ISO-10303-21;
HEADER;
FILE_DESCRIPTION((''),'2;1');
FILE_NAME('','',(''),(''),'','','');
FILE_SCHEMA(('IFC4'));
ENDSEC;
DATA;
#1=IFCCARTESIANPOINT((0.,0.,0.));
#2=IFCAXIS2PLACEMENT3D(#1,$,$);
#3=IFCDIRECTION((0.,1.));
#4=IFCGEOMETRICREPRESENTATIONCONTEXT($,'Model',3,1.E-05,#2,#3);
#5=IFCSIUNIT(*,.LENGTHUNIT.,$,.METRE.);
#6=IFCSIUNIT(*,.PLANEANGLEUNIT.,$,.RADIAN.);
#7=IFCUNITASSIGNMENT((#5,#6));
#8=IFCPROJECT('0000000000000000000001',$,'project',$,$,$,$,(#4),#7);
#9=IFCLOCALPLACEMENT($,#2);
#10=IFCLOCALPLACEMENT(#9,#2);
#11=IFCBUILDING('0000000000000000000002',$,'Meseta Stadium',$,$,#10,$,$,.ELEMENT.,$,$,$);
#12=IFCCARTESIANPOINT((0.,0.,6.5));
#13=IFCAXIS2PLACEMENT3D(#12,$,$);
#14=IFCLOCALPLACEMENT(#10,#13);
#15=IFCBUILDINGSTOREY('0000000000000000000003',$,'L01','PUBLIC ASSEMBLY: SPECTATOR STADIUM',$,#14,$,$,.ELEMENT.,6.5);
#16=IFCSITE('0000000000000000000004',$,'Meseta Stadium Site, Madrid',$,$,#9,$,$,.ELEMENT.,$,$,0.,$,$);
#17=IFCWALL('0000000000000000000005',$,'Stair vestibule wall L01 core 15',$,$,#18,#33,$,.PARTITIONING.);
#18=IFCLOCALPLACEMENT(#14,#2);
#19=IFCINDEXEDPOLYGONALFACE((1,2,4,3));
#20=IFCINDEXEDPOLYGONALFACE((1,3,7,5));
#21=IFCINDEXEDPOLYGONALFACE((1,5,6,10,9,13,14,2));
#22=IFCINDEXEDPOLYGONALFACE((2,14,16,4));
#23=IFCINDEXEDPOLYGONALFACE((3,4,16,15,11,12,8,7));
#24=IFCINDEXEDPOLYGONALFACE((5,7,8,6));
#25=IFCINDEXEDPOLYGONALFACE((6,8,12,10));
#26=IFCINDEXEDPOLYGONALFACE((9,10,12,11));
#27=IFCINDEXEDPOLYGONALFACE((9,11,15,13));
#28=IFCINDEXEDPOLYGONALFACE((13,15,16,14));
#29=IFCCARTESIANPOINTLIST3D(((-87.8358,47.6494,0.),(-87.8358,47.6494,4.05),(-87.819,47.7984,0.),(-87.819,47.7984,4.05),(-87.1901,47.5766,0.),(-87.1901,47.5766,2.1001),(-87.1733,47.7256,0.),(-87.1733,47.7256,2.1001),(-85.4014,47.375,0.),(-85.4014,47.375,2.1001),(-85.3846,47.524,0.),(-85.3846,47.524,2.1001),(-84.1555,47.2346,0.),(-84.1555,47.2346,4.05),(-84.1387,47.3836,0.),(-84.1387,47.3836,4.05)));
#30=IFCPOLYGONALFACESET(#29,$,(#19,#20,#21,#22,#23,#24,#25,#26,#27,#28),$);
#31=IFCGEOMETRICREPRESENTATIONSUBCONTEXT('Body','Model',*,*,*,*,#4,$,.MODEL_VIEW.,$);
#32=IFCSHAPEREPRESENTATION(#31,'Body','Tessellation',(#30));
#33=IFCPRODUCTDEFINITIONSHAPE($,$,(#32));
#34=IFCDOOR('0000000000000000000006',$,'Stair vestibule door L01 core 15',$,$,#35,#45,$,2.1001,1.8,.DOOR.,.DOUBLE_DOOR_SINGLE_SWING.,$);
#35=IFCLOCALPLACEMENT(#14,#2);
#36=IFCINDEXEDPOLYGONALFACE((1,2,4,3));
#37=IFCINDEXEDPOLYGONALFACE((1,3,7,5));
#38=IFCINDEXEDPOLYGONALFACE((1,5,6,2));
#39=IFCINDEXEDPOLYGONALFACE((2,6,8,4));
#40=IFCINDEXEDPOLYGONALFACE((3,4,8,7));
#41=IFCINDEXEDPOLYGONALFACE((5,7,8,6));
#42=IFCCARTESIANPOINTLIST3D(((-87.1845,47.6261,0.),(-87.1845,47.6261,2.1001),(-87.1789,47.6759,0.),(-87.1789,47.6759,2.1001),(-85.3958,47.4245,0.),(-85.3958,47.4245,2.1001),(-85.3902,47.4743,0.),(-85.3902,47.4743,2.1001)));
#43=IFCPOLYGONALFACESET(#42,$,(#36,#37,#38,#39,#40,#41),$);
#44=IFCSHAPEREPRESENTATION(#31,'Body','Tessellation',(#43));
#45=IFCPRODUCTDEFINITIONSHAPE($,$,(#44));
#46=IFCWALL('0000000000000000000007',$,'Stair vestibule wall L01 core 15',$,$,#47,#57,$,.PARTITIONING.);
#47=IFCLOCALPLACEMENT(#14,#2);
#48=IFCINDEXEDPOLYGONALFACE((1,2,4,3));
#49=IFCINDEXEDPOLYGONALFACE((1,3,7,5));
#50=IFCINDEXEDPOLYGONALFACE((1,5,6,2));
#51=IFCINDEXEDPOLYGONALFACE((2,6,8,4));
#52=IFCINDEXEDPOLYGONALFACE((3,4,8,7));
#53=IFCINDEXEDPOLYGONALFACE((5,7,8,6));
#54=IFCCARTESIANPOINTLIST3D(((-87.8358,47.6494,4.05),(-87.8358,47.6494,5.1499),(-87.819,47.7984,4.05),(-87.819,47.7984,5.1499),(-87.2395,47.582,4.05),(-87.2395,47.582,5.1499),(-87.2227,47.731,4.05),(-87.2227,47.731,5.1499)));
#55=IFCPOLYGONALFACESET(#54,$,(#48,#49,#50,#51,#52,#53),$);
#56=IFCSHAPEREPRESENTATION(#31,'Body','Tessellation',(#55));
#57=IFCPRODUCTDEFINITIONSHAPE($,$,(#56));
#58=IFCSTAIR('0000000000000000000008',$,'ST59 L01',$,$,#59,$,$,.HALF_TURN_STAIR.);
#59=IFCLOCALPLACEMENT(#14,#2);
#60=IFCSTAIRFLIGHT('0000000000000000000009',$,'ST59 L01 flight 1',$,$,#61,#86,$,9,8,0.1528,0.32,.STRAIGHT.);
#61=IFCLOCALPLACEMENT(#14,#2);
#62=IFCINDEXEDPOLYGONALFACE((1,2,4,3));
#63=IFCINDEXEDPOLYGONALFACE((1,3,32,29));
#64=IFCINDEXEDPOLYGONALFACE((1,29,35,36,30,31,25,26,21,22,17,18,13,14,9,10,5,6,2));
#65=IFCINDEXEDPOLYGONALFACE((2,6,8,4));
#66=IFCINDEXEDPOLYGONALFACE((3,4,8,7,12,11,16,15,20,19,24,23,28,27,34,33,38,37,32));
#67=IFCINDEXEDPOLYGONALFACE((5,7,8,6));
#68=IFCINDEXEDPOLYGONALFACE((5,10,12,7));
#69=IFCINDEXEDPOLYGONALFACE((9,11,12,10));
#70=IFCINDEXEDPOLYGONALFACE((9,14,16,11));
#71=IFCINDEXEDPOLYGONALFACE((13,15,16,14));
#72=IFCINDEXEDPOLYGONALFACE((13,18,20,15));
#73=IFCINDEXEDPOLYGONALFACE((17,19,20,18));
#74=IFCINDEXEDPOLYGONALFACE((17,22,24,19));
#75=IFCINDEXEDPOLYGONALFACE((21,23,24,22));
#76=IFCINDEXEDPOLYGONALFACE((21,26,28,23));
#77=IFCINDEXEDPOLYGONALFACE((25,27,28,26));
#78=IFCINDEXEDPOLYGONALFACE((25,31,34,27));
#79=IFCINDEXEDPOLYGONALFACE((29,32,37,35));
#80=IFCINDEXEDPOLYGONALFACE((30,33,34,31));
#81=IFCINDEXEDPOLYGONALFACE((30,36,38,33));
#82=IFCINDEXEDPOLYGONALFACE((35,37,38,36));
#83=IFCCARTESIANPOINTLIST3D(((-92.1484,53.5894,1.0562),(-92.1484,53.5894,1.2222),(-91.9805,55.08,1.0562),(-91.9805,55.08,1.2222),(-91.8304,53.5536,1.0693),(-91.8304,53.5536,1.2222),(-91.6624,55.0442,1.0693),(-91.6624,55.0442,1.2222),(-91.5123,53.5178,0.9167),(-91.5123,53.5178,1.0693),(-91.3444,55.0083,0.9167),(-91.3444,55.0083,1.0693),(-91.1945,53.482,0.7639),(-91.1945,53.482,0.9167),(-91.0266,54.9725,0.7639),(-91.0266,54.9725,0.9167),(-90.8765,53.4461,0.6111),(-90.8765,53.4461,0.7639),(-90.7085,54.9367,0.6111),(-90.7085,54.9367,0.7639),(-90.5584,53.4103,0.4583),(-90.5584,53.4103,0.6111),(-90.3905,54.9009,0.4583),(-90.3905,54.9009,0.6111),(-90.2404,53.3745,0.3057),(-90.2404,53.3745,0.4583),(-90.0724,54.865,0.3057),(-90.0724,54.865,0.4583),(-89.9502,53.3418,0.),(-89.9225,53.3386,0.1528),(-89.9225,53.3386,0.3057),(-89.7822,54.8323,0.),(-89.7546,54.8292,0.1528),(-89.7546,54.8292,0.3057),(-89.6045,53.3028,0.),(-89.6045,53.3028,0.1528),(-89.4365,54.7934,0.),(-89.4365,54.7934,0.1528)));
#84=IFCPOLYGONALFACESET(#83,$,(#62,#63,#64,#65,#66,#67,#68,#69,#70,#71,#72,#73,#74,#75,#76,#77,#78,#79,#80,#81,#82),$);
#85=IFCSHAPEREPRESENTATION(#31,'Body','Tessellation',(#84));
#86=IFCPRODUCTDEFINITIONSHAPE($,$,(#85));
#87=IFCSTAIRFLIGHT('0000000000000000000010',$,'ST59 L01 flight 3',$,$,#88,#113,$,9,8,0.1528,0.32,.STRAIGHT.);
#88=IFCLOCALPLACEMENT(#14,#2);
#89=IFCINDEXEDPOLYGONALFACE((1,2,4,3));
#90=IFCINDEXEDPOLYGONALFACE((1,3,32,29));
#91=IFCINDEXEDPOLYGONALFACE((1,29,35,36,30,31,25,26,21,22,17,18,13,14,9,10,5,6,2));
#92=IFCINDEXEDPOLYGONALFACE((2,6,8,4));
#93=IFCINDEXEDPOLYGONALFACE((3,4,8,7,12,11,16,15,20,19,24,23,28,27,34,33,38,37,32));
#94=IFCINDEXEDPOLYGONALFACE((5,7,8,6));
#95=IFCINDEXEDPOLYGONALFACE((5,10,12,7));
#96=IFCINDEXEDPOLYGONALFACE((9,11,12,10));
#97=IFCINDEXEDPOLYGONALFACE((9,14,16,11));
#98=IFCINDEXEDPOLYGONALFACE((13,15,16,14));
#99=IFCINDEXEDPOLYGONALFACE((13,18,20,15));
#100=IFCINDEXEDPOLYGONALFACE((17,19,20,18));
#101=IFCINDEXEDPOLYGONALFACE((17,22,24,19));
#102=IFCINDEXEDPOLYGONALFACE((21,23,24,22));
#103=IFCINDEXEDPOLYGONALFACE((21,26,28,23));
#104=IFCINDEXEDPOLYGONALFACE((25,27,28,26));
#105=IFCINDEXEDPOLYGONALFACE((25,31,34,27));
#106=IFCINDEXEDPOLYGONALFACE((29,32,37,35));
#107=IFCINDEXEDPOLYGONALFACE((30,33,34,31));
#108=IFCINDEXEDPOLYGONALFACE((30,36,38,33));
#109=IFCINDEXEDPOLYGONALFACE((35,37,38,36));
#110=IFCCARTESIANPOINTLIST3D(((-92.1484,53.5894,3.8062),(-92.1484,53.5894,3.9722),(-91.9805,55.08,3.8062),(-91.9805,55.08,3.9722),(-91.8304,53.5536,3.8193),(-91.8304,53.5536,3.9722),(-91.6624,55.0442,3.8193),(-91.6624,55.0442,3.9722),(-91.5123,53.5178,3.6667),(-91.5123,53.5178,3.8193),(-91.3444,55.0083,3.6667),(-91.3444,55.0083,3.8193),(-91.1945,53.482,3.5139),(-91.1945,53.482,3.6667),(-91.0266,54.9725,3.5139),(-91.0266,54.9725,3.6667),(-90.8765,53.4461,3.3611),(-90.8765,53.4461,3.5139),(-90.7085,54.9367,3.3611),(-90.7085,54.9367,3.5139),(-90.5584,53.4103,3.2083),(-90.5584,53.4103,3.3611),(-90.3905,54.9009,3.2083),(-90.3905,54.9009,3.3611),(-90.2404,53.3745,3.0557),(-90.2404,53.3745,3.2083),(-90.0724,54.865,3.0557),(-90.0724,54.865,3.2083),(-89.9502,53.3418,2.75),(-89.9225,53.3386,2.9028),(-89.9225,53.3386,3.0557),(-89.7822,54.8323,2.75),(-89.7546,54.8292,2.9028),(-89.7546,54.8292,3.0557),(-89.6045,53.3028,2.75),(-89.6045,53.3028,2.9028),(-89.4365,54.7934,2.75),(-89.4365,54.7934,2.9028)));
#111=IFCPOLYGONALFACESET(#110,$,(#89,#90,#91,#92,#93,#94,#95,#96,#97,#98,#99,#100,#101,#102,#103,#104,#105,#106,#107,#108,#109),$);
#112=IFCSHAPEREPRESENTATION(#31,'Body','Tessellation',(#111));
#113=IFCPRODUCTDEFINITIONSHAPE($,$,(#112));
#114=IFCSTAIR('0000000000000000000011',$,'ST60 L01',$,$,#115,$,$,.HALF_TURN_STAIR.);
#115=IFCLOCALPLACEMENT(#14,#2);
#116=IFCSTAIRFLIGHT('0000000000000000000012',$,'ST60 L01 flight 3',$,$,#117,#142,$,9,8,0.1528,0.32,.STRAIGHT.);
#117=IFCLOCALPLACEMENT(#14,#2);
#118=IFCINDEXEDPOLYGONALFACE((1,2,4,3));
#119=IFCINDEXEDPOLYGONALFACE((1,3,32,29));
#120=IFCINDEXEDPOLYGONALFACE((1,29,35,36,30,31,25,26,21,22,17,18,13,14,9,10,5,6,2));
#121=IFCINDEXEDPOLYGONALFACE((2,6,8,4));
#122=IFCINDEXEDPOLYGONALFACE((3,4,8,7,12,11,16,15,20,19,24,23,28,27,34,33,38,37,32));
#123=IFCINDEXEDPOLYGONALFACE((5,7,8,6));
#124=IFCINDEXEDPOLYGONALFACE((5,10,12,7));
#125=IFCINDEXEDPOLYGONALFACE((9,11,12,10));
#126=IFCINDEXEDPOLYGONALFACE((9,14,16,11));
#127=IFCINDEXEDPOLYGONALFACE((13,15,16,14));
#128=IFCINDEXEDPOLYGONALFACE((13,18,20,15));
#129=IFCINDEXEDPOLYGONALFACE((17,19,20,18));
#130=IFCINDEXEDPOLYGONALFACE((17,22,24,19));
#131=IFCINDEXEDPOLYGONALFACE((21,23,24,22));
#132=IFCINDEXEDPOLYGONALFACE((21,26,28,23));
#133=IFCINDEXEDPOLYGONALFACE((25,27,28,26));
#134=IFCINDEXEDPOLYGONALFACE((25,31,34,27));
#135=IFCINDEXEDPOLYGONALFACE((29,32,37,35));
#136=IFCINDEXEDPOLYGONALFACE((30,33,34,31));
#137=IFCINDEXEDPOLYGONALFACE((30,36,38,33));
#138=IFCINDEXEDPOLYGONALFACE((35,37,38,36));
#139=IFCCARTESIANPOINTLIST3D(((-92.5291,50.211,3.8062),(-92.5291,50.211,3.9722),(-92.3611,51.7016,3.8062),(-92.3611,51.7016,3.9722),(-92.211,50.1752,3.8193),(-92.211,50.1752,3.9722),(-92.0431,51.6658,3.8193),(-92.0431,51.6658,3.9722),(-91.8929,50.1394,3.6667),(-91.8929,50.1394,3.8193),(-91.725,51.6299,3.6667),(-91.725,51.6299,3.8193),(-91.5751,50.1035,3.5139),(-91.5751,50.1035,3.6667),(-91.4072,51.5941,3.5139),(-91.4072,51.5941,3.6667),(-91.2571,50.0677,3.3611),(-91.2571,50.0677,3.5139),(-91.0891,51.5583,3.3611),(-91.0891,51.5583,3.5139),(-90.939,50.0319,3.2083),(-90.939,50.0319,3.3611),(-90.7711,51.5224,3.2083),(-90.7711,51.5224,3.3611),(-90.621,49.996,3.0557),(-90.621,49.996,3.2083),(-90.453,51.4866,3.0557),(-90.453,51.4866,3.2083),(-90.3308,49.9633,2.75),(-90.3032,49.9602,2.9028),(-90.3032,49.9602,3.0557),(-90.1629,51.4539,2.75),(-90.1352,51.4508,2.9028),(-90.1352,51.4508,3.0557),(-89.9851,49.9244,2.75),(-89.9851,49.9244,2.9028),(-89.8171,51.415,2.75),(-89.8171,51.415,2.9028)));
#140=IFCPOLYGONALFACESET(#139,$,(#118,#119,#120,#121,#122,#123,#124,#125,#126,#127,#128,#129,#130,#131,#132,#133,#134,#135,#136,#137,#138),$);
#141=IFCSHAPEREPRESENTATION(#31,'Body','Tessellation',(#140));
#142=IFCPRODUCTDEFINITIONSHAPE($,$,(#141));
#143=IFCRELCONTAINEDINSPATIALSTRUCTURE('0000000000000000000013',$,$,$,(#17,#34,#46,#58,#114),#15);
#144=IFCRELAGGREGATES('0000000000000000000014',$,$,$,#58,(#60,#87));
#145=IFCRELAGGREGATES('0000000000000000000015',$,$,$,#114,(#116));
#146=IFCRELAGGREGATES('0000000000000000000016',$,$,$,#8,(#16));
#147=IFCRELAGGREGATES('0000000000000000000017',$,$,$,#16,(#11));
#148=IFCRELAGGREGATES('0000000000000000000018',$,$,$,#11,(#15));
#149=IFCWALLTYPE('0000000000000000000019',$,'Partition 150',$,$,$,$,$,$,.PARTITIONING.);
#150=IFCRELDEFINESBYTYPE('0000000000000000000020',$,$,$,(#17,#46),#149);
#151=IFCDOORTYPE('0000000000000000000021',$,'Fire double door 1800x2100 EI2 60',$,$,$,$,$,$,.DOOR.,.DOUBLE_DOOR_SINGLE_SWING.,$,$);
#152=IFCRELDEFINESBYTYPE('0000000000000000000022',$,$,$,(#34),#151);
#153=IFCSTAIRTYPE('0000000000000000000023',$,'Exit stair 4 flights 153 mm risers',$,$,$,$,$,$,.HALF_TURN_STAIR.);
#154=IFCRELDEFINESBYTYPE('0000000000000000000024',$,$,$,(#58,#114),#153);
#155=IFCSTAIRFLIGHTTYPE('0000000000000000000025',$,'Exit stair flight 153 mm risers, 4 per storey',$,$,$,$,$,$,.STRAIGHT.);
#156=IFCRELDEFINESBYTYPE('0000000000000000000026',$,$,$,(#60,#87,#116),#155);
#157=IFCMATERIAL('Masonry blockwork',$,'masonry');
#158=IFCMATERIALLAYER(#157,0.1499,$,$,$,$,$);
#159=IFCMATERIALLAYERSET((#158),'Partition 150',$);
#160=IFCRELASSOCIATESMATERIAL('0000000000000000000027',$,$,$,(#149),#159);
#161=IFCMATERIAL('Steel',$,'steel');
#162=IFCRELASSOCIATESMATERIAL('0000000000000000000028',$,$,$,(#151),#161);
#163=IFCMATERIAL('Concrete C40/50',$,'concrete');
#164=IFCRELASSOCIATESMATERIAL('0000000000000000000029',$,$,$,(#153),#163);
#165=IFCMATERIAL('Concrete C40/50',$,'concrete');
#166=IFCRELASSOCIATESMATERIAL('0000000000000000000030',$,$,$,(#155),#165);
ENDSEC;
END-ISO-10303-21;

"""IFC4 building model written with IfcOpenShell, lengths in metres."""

from ifc_helpers import new_model, si_unit, direction, frame, frame_2d, origin, place, context, subcontext, project, spatial, polyline, rectangle, outline, extrude, material, layer, layer_set, type_object, element, fill, aggregate, save


model = new_model("IFC4")

# Units and contexts
model_context = context("Model", 3, precision=1e-05, world=origin(), true_north=direction((0.0, 1.0)))
body_context = subcontext(model_context, "Body", "Model", "MODEL_VIEW")
ifc_project = project(units=[si_unit("LENGTHUNIT", "METRE"), si_unit("PLANEANGLEUNIT", "RADIAN")], contexts=[model_context])

# Site, building, storey
site_placement = place(None, origin())
site = spatial("IfcSite", under=ifc_project, at=site_placement, Name="Meseta Stadium Site, Madrid", CompositionType="ELEMENT", RefElevation=0.0)
building_placement = place(site_placement, origin())
building = spatial("IfcBuilding", under=site, at=building_placement, Name="Meseta Stadium", CompositionType="ELEMENT")
storey_placement = place(building_placement, frame((0.0, 0.0, 6.5)))
storey = spatial("IfcBuildingStorey", under=building, at=storey_placement, Name="L01", Description="PUBLIC ASSEMBLY: SPECTATOR STADIUM", CompositionType="ELEMENT", Elevation=6.5)

# Shared definitions
ifc_material_1 = material(Name="Masonry blockwork", Category="masonry")
ifc_layer_1 = layer(ifc_material_1, 0.1499)
ifc_layer_set_1 = layer_set([ifc_layer_1], Name="Partition 150")
wall_type_1 = type_object("IfcWallType", Name="Partition 150", PredefinedType="PARTITIONING", material=ifc_layer_set_1)

# Wall, opening, door
wall_1_placement = place(storey_placement, frame((-87.8274, 47.7239, 0.0), z_axis=(0.0, 0.0, 1.0), x_axis=(0.993709, -0.111994, 0.0)))
wall_1 = element("IfcWall", 1, at=wall_1_placement, inside=storey, type_object=wall_type_1, Name="Stair vestibule wall L01 core 15", PredefinedType="PARTITIONING", context=body_context, shape_type="SweptSolid", body=[
    extrude(rectangle(XDim=3.7036, YDim=0.1499, at=frame_2d((1.8518, 0.0))), origin(), (0.0, 0.0, 1.0), 4.05),
])
opening_1_placement = place(wall_1_placement, frame((0.6499, 0.0, 0.0)))
opening_1 = element("IfcOpeningElement", 2, at=opening_1_placement, cuts=wall_1, PredefinedType="OPENING", context=body_context, shape_type="SweptSolid", body=[
    extrude(rectangle(XDim=1.8, YDim=2.1001, at=frame_2d((0.8999, 1.05))), frame((0.0, 0.085, 0.0), z_axis=(0.0, -1.0, 0.0), x_axis=(1.0, 0.0, 0.0)), (0.0, 0.0, 1.0), 0.1699),
])
ifc_material_2 = material(Name="Steel", Category="steel")
door_type_1 = type_object("IfcDoorType", Name="Fire double door 1800x2100 EI2 60", OperationType="DOUBLE_DOOR_SINGLE_SWING", PredefinedType="DOOR", material=ifc_material_2)
door_1_placement = place(opening_1_placement, origin())
door_1 = element("IfcDoor", 3, at=door_1_placement, inside=storey, type_object=door_type_1, Name="Stair vestibule door L01 core 15", OperationType="DOUBLE_DOOR_SINGLE_SWING", OverallHeight=2.1001, OverallWidth=1.8, PredefinedType="DOOR", context=body_context, shape_type="SweptSolid", body=[
    extrude(rectangle(XDim=1.8, YDim=2.1001, at=frame_2d((0.8999, 1.05))), frame((0.0, 0.0249, 0.0), z_axis=(0.0, -1.0, 0.0), x_axis=(1.0, 0.0, 0.0)), (0.0, 0.0, 1.0), 0.05),
])
fill(opening_1, door_1)

# Wall
wall_2_placement = place(storey_placement, frame((-87.8274, 47.7239, 4.05), z_axis=(0.0, 0.0, 1.0), x_axis=(0.993674, -0.112307, 0.0)))
element("IfcWall", 4, at=wall_2_placement, inside=storey, type_object=wall_type_1, Name="Stair vestibule wall L01 core 15", PredefinedType="PARTITIONING", context=body_context, shape_type="SweptSolid", body=[
    extrude(rectangle(XDim=0.6001, YDim=0.1499, at=frame_2d((0.3, 0.0))), origin(), (0.0, 0.0, 1.0), 1.0999),
])

# Stair, stair flights
ifc_material_3 = material(Name="Concrete C40/50", Category="concrete")
stair_type = type_object("IfcStairType", Name="Exit stair 4 flights 153 mm risers", PredefinedType="HALF_TURN_STAIR", material=ifc_material_3)
stair_1_placement = place(storey_placement, origin())
stair_1 = element("IfcStair", 5, at=stair_1_placement, inside=storey, type_object=stair_type, Name="ST59 L01", PredefinedType="HALF_TURN_STAIR")
ifc_material_4 = material(Name="Concrete C40/50", Category="concrete")
stair_flight_type = type_object("IfcStairFlightType", Name="Exit stair flight 153 mm risers, 4 per storey", PredefinedType="STRAIGHT", material=ifc_material_4)
stair_flight_1_placement = place(storey_placement, frame((-89.5205, 54.0481, 0.0), z_axis=(0.0, 0.0, 1.0), x_axis=(-0.993712, 0.111964, 0.0)))
stair_flight_1 = element("IfcStairFlight", 6, at=stair_flight_1_placement, type_object=stair_flight_type, Name="ST59 L01 flight 1", NumberOfRisers=9, NumberOfTreads=8, PredefinedType="STRAIGHT", RiserHeight=0.1528, TreadLength=0.32, context=body_context, shape_type="SweptSolid", body=[
    extrude(outline(polyline([(0.0, 0.0), (0.0, 0.1528), (0.3201, 0.1528), (0.3201, 0.3057), (0.6399, 0.3057), (0.6399, 0.4583), (0.96, 0.4583), (0.96, 0.6111), (1.28, 0.6111), (1.28, 0.7639), (1.6001, 0.7639), (1.6001, 0.9167), (1.9199, 0.9167), (1.9199, 1.0693), (2.24, 1.0693), (2.24, 1.2222), (2.5601, 1.2222), (2.5601, 1.0562), (0.3479, 0.0), (0.0, 0.0)])), frame((0.0, 0.75, 0.0), z_axis=(0.0, -1.0, 0.0), x_axis=(1.0, 0.0, 0.0)), (0.0, 0.0, 1.0), 1.5),
])
stair_flight_2_placement = place(storey_placement, frame((-89.5205, 54.0481, 2.75), z_axis=(0.0, 0.0, 1.0), x_axis=(-0.993712, 0.111964, 0.0)))
stair_flight_2 = element("IfcStairFlight", 7, at=stair_flight_2_placement, type_object=stair_flight_type, Name="ST59 L01 flight 3", NumberOfRisers=9, NumberOfTreads=8, PredefinedType="STRAIGHT", RiserHeight=0.1528, TreadLength=0.32, context=body_context, shape_type="SweptSolid", body=[
    extrude(outline(polyline([(0.0, 0.0), (0.0, 0.1528), (0.3201, 0.1528), (0.3201, 0.3057), (0.6399, 0.3057), (0.6399, 0.4583), (0.96, 0.4583), (0.96, 0.6111), (1.28, 0.6111), (1.28, 0.7639), (1.6001, 0.7639), (1.6001, 0.9167), (1.9199, 0.9167), (1.9199, 1.0693), (2.24, 1.0693), (2.24, 1.2222), (2.5601, 1.2222), (2.5601, 1.0562), (0.3479, 0.0), (0.0, 0.0)])), frame((0.0, 0.75, 0.0), z_axis=(0.0, -1.0, 0.0), x_axis=(1.0, 0.0, 0.0)), (0.0, 0.0, 1.0), 1.5),
])
aggregate(stair_1, [stair_flight_1, stair_flight_2])

# Stair, stair flight
stair_2_placement = place(storey_placement, origin())
stair_2 = element("IfcStair", 8, at=stair_2_placement, inside=storey, type_object=stair_type, Name="ST60 L01", PredefinedType="HALF_TURN_STAIR")
stair_flight_3_placement = place(storey_placement, frame((-89.9011, 50.6697, 2.75), z_axis=(0.0, 0.0, 1.0), x_axis=(-0.993712, 0.111964, 0.0)))
stair_flight_3 = element("IfcStairFlight", 9, at=stair_flight_3_placement, type_object=stair_flight_type, Name="ST60 L01 flight 3", NumberOfRisers=9, NumberOfTreads=8, PredefinedType="STRAIGHT", RiserHeight=0.1528, TreadLength=0.32, context=body_context, shape_type="SweptSolid", body=[
    extrude(outline(polyline([(0.0, 0.0), (0.0, 0.1528), (0.3201, 0.1528), (0.3201, 0.3057), (0.6399, 0.3057), (0.6399, 0.4583), (0.96, 0.4583), (0.96, 0.6111), (1.28, 0.6111), (1.28, 0.7639), (1.6001, 0.7639), (1.6001, 0.9167), (1.9199, 0.9167), (1.9199, 1.0693), (2.24, 1.0693), (2.24, 1.2222), (2.5601, 1.2222), (2.5601, 1.0562), (0.3479, 0.0), (0.0, 0.0)])), frame((0.0, 0.75, 0.0), z_axis=(0.0, -1.0, 0.0), x_axis=(1.0, 0.0, 0.0)), (0.0, 0.0, 1.0), 1.5),
])
aggregate(stair_2, [stair_flight_3])

save(model, "model.ifc")
